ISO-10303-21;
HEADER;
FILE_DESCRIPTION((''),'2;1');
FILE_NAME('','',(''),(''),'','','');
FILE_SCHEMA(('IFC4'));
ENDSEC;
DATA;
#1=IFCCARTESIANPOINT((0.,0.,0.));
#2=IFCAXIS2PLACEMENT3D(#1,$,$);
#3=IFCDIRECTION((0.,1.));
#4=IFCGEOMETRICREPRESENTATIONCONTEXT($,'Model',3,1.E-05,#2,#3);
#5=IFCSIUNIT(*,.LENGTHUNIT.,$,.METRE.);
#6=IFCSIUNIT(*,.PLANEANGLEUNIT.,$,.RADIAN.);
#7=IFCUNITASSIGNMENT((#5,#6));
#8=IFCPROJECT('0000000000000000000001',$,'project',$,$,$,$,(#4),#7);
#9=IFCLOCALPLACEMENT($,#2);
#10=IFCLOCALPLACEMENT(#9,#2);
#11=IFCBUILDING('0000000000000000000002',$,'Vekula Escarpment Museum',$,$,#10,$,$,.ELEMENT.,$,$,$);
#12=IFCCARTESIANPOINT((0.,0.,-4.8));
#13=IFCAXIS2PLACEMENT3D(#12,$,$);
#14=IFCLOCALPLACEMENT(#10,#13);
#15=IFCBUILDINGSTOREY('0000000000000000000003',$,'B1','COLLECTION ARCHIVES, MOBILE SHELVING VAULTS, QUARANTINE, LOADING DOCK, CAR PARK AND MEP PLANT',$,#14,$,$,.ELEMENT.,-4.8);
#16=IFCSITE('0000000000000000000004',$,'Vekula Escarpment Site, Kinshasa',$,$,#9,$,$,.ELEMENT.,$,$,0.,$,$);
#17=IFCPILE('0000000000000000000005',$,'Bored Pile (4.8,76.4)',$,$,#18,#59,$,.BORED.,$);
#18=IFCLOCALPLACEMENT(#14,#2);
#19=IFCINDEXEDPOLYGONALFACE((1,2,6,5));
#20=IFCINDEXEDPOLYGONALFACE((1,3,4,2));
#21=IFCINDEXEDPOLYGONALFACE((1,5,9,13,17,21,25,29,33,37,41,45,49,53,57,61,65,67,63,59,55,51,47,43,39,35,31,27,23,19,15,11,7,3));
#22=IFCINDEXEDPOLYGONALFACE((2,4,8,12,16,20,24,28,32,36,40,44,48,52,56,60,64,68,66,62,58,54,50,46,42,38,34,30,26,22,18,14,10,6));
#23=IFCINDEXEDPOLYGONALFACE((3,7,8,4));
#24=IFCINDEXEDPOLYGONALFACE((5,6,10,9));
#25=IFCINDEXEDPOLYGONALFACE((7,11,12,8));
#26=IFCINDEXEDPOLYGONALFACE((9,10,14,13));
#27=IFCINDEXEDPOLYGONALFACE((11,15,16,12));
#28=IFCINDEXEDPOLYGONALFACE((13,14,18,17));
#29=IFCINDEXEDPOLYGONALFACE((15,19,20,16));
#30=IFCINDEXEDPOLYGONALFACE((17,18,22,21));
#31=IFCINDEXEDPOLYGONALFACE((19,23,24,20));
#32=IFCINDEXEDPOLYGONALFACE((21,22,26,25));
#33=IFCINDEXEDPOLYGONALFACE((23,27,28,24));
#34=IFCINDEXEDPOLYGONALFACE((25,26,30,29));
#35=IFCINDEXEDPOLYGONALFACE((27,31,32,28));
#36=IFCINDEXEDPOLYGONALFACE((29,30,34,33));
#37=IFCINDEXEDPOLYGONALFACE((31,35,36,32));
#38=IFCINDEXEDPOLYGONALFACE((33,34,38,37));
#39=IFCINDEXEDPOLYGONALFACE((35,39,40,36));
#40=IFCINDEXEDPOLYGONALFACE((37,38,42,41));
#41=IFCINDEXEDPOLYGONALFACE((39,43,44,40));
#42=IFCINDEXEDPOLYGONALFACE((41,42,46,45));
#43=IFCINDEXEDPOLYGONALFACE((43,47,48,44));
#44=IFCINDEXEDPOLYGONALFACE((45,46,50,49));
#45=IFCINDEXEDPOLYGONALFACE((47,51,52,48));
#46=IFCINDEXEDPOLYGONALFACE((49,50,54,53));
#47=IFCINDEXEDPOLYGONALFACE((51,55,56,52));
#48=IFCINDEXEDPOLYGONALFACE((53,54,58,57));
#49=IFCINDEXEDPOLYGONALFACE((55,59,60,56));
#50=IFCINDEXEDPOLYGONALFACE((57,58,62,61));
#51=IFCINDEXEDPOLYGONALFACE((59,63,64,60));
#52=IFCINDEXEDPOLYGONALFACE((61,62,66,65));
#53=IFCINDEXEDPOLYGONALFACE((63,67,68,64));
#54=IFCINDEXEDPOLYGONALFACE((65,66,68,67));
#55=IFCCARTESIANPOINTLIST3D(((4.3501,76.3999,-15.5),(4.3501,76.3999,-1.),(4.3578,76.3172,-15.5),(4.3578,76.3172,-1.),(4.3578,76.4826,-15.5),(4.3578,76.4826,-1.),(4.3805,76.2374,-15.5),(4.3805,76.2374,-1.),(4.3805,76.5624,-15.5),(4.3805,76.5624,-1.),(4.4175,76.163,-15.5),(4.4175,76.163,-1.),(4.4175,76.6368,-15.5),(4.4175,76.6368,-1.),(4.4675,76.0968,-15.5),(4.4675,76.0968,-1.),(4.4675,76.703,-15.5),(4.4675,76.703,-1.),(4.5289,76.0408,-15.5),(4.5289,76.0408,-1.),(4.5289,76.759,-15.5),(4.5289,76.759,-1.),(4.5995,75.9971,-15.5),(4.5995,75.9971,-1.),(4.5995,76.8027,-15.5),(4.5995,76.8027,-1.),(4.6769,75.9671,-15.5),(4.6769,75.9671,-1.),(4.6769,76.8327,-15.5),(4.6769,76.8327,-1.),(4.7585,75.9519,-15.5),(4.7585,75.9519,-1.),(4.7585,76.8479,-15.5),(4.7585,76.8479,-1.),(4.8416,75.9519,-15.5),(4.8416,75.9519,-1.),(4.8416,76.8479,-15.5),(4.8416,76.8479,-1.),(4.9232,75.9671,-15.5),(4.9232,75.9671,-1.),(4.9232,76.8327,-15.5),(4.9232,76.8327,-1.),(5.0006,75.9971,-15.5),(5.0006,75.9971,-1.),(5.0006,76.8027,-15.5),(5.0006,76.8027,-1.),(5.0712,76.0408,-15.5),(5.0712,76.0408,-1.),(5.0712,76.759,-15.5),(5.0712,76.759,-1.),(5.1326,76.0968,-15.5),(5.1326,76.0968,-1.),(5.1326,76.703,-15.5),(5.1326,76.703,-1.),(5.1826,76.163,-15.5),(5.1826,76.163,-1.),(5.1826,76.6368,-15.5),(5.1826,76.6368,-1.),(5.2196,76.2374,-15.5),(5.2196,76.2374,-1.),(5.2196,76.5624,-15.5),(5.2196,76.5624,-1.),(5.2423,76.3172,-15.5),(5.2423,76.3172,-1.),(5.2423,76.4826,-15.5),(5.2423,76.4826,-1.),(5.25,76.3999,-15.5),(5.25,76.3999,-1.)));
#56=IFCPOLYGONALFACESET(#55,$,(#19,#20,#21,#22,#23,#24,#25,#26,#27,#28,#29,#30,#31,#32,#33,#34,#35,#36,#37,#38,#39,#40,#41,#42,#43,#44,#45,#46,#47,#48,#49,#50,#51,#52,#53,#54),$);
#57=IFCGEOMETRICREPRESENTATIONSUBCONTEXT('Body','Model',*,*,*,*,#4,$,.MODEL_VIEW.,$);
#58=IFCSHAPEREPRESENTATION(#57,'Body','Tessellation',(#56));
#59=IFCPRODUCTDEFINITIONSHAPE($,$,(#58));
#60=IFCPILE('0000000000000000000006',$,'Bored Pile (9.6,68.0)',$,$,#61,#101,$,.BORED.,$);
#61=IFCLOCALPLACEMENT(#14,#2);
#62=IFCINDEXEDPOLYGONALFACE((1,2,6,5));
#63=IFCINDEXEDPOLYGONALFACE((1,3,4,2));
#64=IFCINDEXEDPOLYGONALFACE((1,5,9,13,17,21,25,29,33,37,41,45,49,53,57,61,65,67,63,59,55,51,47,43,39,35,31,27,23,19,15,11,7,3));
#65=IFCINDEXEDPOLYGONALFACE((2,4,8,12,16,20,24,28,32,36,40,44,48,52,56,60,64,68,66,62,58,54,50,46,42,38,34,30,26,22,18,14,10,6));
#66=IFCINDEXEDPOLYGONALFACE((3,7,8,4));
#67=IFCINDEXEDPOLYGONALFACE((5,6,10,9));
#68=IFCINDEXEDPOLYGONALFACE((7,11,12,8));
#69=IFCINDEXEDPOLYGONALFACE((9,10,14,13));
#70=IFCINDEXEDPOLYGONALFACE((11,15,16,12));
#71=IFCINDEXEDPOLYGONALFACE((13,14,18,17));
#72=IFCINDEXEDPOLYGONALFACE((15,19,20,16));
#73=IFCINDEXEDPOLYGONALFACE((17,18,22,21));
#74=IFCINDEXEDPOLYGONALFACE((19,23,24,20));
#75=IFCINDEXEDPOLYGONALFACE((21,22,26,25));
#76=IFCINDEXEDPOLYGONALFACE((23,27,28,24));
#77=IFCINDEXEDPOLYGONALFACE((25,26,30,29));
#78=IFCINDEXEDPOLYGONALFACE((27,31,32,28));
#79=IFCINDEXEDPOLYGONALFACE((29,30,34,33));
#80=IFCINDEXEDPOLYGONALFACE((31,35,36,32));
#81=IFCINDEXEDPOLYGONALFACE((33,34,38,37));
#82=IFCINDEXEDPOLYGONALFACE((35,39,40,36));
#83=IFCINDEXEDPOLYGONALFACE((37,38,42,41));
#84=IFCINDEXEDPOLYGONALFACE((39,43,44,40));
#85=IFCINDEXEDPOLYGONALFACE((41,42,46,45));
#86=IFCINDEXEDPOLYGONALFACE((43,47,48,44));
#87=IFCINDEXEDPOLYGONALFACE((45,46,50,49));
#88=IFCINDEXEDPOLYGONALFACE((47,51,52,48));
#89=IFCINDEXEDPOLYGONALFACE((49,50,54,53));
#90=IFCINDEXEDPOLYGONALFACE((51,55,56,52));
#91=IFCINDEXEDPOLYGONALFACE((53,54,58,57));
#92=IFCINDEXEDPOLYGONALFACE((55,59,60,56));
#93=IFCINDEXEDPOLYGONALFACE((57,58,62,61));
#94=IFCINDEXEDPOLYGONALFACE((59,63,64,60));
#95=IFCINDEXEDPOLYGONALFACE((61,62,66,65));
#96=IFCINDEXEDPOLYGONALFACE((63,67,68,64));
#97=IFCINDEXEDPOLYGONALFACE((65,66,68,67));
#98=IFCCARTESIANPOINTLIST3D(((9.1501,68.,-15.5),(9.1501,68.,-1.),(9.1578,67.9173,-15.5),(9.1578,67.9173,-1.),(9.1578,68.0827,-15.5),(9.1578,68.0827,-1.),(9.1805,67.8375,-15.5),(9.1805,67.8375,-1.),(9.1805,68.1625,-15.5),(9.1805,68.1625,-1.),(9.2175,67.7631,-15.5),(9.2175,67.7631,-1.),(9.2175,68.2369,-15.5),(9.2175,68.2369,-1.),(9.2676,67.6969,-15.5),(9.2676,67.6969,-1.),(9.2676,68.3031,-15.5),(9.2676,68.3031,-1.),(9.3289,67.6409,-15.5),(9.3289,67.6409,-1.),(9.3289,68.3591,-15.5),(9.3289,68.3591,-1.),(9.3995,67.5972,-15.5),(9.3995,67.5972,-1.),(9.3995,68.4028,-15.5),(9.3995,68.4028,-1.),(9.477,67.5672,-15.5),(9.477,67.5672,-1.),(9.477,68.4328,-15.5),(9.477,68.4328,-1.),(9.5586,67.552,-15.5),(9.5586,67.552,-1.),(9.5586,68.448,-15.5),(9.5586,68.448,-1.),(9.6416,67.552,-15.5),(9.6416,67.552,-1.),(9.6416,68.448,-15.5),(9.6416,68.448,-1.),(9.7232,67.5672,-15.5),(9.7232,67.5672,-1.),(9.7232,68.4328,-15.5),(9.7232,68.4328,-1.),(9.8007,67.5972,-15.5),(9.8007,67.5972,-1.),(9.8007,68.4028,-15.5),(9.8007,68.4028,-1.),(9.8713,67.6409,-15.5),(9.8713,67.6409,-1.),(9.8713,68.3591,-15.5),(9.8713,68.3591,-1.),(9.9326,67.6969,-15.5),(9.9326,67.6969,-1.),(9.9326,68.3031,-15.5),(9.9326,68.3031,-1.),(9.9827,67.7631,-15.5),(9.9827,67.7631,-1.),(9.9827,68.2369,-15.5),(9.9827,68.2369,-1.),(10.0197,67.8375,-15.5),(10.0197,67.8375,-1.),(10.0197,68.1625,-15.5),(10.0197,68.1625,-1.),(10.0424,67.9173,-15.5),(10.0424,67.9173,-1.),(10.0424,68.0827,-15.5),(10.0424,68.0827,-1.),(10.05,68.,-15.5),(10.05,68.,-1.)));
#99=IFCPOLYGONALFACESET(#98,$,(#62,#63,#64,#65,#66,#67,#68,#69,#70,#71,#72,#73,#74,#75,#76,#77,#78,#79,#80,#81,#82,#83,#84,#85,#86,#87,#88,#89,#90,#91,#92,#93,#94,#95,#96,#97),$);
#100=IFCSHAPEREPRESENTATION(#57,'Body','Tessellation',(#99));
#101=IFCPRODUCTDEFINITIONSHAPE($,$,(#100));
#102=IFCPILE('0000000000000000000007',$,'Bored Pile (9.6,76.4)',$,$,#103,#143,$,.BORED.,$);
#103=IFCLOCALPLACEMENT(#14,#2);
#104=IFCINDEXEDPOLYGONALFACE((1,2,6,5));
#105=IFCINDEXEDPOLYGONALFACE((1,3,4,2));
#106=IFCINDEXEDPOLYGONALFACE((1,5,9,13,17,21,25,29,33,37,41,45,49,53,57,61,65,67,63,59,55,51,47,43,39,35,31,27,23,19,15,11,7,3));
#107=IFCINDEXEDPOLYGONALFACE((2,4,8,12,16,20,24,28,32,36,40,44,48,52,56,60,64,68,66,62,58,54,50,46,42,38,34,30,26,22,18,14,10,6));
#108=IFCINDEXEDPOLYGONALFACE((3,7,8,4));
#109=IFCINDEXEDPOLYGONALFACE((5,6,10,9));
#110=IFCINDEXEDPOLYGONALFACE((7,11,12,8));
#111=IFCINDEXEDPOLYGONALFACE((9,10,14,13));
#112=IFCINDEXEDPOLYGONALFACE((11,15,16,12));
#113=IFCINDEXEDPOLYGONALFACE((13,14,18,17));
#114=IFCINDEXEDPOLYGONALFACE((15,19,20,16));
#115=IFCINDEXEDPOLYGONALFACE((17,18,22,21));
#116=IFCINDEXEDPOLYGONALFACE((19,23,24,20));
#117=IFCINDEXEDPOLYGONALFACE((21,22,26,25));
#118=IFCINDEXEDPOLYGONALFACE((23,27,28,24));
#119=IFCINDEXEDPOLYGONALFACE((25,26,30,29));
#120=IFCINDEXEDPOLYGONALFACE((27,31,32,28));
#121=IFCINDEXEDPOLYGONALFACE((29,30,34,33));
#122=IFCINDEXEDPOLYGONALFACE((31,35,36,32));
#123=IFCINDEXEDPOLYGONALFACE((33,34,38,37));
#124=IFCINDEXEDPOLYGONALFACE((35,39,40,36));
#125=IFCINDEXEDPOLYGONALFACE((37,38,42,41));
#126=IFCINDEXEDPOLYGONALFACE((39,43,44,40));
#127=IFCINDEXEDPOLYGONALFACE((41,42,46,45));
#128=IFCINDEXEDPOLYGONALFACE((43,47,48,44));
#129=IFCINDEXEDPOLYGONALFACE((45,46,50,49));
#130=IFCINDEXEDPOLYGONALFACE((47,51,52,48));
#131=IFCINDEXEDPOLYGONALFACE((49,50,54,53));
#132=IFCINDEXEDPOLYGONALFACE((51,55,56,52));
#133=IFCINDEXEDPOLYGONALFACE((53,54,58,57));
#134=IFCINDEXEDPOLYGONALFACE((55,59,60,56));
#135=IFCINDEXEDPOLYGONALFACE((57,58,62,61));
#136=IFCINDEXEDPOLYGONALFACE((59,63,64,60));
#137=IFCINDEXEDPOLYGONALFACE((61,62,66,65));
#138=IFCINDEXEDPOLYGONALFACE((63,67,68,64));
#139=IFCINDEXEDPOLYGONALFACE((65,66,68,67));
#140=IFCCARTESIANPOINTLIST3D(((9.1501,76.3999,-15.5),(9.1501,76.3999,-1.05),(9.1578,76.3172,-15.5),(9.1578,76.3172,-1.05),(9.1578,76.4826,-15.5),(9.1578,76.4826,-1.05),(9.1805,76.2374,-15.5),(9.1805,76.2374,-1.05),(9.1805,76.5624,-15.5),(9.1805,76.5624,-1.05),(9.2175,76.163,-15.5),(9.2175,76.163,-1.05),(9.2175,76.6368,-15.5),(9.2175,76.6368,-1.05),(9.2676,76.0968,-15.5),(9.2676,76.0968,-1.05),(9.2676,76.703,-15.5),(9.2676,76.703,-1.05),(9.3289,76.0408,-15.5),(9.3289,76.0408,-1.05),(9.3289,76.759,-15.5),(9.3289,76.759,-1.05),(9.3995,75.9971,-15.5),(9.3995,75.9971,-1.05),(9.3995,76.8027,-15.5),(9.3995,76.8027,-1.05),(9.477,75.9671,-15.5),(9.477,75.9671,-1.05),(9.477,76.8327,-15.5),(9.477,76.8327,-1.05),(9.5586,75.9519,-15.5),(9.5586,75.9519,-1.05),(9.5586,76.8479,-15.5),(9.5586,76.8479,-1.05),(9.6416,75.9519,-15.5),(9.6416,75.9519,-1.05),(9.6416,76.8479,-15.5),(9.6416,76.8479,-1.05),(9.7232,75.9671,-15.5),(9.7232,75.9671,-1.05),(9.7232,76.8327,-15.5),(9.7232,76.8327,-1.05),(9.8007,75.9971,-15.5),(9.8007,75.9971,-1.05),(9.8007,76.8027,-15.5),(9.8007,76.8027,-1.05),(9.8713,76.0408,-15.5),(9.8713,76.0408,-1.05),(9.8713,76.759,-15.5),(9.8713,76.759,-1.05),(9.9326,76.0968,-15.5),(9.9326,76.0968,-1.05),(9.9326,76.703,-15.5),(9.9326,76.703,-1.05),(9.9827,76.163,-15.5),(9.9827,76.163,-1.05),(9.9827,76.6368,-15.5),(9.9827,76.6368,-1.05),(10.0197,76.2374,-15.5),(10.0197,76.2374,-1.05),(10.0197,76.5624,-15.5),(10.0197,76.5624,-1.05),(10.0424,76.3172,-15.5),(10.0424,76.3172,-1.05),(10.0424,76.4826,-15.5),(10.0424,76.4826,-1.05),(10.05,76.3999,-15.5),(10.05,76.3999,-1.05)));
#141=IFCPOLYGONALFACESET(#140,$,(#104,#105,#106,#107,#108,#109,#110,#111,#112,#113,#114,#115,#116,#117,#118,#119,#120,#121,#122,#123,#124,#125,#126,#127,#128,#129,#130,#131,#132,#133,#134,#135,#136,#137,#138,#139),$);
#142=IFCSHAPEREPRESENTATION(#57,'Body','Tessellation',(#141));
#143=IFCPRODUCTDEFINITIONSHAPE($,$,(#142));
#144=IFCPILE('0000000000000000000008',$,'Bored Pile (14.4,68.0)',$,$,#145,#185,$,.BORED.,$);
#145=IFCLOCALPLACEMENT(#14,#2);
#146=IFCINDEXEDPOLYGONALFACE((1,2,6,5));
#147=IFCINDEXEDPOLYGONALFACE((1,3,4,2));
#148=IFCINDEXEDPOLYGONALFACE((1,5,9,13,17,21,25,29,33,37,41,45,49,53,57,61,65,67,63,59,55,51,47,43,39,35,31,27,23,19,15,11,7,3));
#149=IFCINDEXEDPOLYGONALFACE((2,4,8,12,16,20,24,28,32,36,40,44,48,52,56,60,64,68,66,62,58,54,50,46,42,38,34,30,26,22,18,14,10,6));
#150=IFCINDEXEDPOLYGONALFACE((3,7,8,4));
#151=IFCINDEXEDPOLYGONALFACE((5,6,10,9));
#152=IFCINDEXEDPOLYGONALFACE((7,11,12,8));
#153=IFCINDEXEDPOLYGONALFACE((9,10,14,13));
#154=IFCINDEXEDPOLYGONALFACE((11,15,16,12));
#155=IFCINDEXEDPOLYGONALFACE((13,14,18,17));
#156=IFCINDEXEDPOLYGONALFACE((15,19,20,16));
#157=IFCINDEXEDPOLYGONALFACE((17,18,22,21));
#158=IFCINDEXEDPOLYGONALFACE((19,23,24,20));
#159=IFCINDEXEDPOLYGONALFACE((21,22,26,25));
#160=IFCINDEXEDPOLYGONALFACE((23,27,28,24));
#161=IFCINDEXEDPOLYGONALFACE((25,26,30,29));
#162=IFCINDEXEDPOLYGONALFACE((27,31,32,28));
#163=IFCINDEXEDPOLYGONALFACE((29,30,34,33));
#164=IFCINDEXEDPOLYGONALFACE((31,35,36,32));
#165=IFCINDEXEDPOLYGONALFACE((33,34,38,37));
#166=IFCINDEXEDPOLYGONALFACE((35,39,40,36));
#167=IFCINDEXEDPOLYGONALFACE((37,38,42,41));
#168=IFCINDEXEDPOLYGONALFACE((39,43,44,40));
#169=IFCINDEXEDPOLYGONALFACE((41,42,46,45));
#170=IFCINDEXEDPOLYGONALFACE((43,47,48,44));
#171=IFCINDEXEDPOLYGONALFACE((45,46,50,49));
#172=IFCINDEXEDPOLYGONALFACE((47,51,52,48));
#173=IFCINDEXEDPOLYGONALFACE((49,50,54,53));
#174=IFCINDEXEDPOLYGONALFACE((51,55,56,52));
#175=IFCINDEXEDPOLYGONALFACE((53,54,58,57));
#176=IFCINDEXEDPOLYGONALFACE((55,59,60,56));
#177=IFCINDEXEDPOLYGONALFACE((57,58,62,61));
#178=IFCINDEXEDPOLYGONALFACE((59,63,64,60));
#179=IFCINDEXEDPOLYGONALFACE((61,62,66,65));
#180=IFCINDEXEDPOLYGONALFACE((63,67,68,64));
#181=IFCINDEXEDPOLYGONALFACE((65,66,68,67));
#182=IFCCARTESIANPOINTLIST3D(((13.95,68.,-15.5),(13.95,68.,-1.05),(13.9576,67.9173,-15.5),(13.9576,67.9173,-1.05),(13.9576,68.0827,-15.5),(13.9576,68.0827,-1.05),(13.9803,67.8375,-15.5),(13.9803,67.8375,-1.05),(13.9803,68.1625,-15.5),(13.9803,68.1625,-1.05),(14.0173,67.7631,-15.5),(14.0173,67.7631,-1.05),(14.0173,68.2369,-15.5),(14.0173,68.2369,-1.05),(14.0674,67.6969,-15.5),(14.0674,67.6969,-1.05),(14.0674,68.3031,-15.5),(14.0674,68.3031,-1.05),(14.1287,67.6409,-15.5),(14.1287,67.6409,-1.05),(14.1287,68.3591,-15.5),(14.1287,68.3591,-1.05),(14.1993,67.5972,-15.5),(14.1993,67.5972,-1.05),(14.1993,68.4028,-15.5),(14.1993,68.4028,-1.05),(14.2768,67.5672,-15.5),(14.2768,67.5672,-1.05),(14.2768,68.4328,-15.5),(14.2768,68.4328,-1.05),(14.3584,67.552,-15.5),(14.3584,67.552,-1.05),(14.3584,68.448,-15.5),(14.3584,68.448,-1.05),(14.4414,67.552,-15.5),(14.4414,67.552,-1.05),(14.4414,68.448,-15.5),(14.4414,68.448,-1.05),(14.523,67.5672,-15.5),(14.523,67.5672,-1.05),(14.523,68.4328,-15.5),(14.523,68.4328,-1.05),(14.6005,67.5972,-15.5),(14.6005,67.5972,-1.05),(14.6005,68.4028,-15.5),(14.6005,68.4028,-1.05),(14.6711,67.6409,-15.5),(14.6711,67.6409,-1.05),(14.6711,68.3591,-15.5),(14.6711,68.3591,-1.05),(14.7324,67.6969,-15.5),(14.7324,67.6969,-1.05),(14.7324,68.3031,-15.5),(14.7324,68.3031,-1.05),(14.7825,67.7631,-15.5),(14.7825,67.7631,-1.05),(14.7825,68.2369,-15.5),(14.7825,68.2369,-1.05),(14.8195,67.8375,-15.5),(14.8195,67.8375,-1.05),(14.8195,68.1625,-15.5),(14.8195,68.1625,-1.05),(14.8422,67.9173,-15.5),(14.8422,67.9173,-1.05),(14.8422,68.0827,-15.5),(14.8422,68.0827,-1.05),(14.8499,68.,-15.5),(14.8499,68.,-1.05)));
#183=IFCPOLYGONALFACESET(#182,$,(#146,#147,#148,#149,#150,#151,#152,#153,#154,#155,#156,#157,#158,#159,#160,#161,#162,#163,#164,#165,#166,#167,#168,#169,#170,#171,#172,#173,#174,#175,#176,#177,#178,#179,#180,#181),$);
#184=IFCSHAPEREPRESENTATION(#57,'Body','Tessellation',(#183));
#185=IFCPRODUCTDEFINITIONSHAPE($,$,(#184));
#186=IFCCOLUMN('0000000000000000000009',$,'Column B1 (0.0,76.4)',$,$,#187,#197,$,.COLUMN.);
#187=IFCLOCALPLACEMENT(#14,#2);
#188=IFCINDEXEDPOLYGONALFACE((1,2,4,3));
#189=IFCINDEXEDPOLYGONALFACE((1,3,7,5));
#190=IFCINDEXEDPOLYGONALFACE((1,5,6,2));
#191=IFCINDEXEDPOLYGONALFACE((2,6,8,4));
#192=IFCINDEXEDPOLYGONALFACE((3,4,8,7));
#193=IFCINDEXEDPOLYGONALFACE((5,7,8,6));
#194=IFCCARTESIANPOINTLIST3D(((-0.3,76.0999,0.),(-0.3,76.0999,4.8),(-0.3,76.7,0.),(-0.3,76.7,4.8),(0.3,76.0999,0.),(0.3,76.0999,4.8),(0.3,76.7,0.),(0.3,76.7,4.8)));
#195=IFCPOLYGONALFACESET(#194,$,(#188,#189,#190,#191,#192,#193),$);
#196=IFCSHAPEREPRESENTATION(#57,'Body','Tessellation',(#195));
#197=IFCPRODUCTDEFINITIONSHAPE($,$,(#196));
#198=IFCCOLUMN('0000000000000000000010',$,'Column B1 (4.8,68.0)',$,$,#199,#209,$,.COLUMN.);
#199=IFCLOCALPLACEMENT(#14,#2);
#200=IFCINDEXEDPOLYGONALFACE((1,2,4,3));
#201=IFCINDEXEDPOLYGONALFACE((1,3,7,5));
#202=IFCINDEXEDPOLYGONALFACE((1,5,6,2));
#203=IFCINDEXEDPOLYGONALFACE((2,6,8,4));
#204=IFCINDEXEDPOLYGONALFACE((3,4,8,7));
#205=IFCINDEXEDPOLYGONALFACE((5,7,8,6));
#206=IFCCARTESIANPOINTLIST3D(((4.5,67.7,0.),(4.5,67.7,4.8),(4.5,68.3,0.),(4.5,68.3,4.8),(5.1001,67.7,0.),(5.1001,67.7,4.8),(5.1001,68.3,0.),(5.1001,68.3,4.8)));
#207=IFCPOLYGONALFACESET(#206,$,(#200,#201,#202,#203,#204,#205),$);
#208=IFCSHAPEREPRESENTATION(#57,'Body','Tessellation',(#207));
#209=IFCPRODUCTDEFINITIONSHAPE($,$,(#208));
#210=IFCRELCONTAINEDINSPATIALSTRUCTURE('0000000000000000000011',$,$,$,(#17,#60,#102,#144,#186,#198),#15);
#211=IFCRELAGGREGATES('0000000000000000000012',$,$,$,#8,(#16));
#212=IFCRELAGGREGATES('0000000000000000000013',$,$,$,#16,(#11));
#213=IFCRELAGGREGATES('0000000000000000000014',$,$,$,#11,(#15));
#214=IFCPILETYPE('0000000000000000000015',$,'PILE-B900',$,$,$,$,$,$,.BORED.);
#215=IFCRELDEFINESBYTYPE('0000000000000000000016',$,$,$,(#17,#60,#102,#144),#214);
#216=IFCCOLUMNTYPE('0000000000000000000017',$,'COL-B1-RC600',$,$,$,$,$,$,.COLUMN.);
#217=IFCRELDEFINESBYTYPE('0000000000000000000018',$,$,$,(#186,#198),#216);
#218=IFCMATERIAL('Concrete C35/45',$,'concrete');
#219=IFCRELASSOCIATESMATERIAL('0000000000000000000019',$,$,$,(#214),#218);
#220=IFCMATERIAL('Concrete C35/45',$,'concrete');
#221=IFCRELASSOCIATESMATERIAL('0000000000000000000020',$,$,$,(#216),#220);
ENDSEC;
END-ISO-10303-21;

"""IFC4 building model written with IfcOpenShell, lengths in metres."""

from ifc_helpers import new_model, si_unit, direction, frame, origin, origin_2d, place, context, subcontext, project, spatial, rectangle, circle, extrude, material, material_profile, profile_set, type_object, element, save


model = new_model("IFC4")

# Units and contexts
model_context = context("Model", 3, precision=1e-05, world=origin(), true_north=direction((0.0, 1.0)))
body_context = subcontext(model_context, "Body", "Model", "MODEL_VIEW")
ifc_project = project(units=[si_unit("LENGTHUNIT", "METRE"), si_unit("PLANEANGLEUNIT", "RADIAN")], contexts=[model_context])

# Site, building, storey
site_placement = place(None, origin())
site = spatial("IfcSite", under=ifc_project, at=site_placement, Name="Vekula Escarpment Site, Kinshasa", CompositionType="ELEMENT", RefElevation=0.0)
building_placement = place(site_placement, origin())
building = spatial("IfcBuilding", under=site, at=building_placement, Name="Vekula Escarpment Museum", CompositionType="ELEMENT")
storey_placement = place(building_placement, frame((0.0, 0.0, -4.8)))
storey = spatial("IfcBuildingStorey", under=building, at=storey_placement, Name="B1", Description="COLLECTION ARCHIVES, MOBILE SHELVING VAULTS, QUARANTINE, LOADING DOCK, CAR PARK AND MEP PLANT", CompositionType="ELEMENT", Elevation=-4.8)

# Piles
ifc_material_1 = material(Name="Concrete C35/45", Category="concrete")
ifc_material_profile_1 = material_profile(ifc_material_1, circle(Radius=0.45, at=origin_2d()), Name="BORED PILE 900")
ifc_profile_set_1 = profile_set([ifc_material_profile_1], Name="Concrete C35/45")
pile_type = type_object("IfcPileType", Name="PILE-B900", PredefinedType="BORED", material=ifc_profile_set_1)
for number, where, z_axis, x_axis, name in (
    (1, (4.8, 76.3999, -1.0), (0.0, 0.0, -1.0), (1.0, 0.0, 0.0), "Bored Pile (4.8,76.4)"),
    (2, (9.6001, 68.0, -1.0), (0.0, 0.0, -1.0), (1.0, 0.0, 0.0), "Bored Pile (9.6,68.0)"),
):
    element("IfcPile", number, at=place(storey_placement, frame(where, z_axis=z_axis, x_axis=x_axis)), inside=storey, type_object=pile_type, Name=name, PredefinedType="BORED", context=body_context, shape_type="SweptSolid", body=[
        extrude(circle(Radius=0.45, at=origin_2d()), origin(), (0.0, 0.0, 1.0), 14.5),
    ])
for number, where, z_axis, x_axis, name in (
    (3, (9.6001, 76.3999, -1.05), (0.0, 0.0, -1.0), (1.0, 0.0, 0.0), "Bored Pile (9.6,76.4)"),
    (4, (14.3999, 68.0, -1.05), (0.0, 0.0, -1.0), (1.0, 0.0, 0.0), "Bored Pile (14.4,68.0)"),
):
    element("IfcPile", number, at=place(storey_placement, frame(where, z_axis=z_axis, x_axis=x_axis)), inside=storey, type_object=pile_type, Name=name, PredefinedType="BORED", context=body_context, shape_type="SweptSolid", body=[
        extrude(circle(Radius=0.45, at=origin_2d()), origin(), (0.0, 0.0, 1.0), 14.45),
    ])

# Columns
ifc_material_2 = material(Name="Concrete C35/45", Category="concrete")
ifc_material_profile_2 = material_profile(ifc_material_2, rectangle(XDim=0.6001, YDim=0.6001, at=origin_2d()), Name="RC 600x600")
ifc_profile_set_2 = profile_set([ifc_material_profile_2], Name="Concrete C35/45")
column_type = type_object("IfcColumnType", Name="COL-B1-RC600", PredefinedType="COLUMN", material=ifc_profile_set_2)
for number, where, z_axis, x_axis, name in (
    (5, (0.0, 76.3999, 0.0), (0.0, 0.0, 1.0), (1.0, 0.0, 0.0), "Column B1 (0.0,76.4)"),
    (6, (4.8, 68.0, 0.0), (0.0, 0.0, 1.0), (1.0, 0.0, 0.0), "Column B1 (4.8,68.0)"),
):
    element("IfcColumn", number, at=place(storey_placement, frame(where, z_axis=z_axis, x_axis=x_axis)), inside=storey, type_object=column_type, Name=name, PredefinedType="COLUMN", context=body_context, shape_type="SweptSolid", body=[
        extrude(rectangle(XDim=0.6001, YDim=0.6001, at=origin_2d()), origin(), (0.0, 0.0, 1.0), 4.8),
    ])

save(model, "model.ifc")
